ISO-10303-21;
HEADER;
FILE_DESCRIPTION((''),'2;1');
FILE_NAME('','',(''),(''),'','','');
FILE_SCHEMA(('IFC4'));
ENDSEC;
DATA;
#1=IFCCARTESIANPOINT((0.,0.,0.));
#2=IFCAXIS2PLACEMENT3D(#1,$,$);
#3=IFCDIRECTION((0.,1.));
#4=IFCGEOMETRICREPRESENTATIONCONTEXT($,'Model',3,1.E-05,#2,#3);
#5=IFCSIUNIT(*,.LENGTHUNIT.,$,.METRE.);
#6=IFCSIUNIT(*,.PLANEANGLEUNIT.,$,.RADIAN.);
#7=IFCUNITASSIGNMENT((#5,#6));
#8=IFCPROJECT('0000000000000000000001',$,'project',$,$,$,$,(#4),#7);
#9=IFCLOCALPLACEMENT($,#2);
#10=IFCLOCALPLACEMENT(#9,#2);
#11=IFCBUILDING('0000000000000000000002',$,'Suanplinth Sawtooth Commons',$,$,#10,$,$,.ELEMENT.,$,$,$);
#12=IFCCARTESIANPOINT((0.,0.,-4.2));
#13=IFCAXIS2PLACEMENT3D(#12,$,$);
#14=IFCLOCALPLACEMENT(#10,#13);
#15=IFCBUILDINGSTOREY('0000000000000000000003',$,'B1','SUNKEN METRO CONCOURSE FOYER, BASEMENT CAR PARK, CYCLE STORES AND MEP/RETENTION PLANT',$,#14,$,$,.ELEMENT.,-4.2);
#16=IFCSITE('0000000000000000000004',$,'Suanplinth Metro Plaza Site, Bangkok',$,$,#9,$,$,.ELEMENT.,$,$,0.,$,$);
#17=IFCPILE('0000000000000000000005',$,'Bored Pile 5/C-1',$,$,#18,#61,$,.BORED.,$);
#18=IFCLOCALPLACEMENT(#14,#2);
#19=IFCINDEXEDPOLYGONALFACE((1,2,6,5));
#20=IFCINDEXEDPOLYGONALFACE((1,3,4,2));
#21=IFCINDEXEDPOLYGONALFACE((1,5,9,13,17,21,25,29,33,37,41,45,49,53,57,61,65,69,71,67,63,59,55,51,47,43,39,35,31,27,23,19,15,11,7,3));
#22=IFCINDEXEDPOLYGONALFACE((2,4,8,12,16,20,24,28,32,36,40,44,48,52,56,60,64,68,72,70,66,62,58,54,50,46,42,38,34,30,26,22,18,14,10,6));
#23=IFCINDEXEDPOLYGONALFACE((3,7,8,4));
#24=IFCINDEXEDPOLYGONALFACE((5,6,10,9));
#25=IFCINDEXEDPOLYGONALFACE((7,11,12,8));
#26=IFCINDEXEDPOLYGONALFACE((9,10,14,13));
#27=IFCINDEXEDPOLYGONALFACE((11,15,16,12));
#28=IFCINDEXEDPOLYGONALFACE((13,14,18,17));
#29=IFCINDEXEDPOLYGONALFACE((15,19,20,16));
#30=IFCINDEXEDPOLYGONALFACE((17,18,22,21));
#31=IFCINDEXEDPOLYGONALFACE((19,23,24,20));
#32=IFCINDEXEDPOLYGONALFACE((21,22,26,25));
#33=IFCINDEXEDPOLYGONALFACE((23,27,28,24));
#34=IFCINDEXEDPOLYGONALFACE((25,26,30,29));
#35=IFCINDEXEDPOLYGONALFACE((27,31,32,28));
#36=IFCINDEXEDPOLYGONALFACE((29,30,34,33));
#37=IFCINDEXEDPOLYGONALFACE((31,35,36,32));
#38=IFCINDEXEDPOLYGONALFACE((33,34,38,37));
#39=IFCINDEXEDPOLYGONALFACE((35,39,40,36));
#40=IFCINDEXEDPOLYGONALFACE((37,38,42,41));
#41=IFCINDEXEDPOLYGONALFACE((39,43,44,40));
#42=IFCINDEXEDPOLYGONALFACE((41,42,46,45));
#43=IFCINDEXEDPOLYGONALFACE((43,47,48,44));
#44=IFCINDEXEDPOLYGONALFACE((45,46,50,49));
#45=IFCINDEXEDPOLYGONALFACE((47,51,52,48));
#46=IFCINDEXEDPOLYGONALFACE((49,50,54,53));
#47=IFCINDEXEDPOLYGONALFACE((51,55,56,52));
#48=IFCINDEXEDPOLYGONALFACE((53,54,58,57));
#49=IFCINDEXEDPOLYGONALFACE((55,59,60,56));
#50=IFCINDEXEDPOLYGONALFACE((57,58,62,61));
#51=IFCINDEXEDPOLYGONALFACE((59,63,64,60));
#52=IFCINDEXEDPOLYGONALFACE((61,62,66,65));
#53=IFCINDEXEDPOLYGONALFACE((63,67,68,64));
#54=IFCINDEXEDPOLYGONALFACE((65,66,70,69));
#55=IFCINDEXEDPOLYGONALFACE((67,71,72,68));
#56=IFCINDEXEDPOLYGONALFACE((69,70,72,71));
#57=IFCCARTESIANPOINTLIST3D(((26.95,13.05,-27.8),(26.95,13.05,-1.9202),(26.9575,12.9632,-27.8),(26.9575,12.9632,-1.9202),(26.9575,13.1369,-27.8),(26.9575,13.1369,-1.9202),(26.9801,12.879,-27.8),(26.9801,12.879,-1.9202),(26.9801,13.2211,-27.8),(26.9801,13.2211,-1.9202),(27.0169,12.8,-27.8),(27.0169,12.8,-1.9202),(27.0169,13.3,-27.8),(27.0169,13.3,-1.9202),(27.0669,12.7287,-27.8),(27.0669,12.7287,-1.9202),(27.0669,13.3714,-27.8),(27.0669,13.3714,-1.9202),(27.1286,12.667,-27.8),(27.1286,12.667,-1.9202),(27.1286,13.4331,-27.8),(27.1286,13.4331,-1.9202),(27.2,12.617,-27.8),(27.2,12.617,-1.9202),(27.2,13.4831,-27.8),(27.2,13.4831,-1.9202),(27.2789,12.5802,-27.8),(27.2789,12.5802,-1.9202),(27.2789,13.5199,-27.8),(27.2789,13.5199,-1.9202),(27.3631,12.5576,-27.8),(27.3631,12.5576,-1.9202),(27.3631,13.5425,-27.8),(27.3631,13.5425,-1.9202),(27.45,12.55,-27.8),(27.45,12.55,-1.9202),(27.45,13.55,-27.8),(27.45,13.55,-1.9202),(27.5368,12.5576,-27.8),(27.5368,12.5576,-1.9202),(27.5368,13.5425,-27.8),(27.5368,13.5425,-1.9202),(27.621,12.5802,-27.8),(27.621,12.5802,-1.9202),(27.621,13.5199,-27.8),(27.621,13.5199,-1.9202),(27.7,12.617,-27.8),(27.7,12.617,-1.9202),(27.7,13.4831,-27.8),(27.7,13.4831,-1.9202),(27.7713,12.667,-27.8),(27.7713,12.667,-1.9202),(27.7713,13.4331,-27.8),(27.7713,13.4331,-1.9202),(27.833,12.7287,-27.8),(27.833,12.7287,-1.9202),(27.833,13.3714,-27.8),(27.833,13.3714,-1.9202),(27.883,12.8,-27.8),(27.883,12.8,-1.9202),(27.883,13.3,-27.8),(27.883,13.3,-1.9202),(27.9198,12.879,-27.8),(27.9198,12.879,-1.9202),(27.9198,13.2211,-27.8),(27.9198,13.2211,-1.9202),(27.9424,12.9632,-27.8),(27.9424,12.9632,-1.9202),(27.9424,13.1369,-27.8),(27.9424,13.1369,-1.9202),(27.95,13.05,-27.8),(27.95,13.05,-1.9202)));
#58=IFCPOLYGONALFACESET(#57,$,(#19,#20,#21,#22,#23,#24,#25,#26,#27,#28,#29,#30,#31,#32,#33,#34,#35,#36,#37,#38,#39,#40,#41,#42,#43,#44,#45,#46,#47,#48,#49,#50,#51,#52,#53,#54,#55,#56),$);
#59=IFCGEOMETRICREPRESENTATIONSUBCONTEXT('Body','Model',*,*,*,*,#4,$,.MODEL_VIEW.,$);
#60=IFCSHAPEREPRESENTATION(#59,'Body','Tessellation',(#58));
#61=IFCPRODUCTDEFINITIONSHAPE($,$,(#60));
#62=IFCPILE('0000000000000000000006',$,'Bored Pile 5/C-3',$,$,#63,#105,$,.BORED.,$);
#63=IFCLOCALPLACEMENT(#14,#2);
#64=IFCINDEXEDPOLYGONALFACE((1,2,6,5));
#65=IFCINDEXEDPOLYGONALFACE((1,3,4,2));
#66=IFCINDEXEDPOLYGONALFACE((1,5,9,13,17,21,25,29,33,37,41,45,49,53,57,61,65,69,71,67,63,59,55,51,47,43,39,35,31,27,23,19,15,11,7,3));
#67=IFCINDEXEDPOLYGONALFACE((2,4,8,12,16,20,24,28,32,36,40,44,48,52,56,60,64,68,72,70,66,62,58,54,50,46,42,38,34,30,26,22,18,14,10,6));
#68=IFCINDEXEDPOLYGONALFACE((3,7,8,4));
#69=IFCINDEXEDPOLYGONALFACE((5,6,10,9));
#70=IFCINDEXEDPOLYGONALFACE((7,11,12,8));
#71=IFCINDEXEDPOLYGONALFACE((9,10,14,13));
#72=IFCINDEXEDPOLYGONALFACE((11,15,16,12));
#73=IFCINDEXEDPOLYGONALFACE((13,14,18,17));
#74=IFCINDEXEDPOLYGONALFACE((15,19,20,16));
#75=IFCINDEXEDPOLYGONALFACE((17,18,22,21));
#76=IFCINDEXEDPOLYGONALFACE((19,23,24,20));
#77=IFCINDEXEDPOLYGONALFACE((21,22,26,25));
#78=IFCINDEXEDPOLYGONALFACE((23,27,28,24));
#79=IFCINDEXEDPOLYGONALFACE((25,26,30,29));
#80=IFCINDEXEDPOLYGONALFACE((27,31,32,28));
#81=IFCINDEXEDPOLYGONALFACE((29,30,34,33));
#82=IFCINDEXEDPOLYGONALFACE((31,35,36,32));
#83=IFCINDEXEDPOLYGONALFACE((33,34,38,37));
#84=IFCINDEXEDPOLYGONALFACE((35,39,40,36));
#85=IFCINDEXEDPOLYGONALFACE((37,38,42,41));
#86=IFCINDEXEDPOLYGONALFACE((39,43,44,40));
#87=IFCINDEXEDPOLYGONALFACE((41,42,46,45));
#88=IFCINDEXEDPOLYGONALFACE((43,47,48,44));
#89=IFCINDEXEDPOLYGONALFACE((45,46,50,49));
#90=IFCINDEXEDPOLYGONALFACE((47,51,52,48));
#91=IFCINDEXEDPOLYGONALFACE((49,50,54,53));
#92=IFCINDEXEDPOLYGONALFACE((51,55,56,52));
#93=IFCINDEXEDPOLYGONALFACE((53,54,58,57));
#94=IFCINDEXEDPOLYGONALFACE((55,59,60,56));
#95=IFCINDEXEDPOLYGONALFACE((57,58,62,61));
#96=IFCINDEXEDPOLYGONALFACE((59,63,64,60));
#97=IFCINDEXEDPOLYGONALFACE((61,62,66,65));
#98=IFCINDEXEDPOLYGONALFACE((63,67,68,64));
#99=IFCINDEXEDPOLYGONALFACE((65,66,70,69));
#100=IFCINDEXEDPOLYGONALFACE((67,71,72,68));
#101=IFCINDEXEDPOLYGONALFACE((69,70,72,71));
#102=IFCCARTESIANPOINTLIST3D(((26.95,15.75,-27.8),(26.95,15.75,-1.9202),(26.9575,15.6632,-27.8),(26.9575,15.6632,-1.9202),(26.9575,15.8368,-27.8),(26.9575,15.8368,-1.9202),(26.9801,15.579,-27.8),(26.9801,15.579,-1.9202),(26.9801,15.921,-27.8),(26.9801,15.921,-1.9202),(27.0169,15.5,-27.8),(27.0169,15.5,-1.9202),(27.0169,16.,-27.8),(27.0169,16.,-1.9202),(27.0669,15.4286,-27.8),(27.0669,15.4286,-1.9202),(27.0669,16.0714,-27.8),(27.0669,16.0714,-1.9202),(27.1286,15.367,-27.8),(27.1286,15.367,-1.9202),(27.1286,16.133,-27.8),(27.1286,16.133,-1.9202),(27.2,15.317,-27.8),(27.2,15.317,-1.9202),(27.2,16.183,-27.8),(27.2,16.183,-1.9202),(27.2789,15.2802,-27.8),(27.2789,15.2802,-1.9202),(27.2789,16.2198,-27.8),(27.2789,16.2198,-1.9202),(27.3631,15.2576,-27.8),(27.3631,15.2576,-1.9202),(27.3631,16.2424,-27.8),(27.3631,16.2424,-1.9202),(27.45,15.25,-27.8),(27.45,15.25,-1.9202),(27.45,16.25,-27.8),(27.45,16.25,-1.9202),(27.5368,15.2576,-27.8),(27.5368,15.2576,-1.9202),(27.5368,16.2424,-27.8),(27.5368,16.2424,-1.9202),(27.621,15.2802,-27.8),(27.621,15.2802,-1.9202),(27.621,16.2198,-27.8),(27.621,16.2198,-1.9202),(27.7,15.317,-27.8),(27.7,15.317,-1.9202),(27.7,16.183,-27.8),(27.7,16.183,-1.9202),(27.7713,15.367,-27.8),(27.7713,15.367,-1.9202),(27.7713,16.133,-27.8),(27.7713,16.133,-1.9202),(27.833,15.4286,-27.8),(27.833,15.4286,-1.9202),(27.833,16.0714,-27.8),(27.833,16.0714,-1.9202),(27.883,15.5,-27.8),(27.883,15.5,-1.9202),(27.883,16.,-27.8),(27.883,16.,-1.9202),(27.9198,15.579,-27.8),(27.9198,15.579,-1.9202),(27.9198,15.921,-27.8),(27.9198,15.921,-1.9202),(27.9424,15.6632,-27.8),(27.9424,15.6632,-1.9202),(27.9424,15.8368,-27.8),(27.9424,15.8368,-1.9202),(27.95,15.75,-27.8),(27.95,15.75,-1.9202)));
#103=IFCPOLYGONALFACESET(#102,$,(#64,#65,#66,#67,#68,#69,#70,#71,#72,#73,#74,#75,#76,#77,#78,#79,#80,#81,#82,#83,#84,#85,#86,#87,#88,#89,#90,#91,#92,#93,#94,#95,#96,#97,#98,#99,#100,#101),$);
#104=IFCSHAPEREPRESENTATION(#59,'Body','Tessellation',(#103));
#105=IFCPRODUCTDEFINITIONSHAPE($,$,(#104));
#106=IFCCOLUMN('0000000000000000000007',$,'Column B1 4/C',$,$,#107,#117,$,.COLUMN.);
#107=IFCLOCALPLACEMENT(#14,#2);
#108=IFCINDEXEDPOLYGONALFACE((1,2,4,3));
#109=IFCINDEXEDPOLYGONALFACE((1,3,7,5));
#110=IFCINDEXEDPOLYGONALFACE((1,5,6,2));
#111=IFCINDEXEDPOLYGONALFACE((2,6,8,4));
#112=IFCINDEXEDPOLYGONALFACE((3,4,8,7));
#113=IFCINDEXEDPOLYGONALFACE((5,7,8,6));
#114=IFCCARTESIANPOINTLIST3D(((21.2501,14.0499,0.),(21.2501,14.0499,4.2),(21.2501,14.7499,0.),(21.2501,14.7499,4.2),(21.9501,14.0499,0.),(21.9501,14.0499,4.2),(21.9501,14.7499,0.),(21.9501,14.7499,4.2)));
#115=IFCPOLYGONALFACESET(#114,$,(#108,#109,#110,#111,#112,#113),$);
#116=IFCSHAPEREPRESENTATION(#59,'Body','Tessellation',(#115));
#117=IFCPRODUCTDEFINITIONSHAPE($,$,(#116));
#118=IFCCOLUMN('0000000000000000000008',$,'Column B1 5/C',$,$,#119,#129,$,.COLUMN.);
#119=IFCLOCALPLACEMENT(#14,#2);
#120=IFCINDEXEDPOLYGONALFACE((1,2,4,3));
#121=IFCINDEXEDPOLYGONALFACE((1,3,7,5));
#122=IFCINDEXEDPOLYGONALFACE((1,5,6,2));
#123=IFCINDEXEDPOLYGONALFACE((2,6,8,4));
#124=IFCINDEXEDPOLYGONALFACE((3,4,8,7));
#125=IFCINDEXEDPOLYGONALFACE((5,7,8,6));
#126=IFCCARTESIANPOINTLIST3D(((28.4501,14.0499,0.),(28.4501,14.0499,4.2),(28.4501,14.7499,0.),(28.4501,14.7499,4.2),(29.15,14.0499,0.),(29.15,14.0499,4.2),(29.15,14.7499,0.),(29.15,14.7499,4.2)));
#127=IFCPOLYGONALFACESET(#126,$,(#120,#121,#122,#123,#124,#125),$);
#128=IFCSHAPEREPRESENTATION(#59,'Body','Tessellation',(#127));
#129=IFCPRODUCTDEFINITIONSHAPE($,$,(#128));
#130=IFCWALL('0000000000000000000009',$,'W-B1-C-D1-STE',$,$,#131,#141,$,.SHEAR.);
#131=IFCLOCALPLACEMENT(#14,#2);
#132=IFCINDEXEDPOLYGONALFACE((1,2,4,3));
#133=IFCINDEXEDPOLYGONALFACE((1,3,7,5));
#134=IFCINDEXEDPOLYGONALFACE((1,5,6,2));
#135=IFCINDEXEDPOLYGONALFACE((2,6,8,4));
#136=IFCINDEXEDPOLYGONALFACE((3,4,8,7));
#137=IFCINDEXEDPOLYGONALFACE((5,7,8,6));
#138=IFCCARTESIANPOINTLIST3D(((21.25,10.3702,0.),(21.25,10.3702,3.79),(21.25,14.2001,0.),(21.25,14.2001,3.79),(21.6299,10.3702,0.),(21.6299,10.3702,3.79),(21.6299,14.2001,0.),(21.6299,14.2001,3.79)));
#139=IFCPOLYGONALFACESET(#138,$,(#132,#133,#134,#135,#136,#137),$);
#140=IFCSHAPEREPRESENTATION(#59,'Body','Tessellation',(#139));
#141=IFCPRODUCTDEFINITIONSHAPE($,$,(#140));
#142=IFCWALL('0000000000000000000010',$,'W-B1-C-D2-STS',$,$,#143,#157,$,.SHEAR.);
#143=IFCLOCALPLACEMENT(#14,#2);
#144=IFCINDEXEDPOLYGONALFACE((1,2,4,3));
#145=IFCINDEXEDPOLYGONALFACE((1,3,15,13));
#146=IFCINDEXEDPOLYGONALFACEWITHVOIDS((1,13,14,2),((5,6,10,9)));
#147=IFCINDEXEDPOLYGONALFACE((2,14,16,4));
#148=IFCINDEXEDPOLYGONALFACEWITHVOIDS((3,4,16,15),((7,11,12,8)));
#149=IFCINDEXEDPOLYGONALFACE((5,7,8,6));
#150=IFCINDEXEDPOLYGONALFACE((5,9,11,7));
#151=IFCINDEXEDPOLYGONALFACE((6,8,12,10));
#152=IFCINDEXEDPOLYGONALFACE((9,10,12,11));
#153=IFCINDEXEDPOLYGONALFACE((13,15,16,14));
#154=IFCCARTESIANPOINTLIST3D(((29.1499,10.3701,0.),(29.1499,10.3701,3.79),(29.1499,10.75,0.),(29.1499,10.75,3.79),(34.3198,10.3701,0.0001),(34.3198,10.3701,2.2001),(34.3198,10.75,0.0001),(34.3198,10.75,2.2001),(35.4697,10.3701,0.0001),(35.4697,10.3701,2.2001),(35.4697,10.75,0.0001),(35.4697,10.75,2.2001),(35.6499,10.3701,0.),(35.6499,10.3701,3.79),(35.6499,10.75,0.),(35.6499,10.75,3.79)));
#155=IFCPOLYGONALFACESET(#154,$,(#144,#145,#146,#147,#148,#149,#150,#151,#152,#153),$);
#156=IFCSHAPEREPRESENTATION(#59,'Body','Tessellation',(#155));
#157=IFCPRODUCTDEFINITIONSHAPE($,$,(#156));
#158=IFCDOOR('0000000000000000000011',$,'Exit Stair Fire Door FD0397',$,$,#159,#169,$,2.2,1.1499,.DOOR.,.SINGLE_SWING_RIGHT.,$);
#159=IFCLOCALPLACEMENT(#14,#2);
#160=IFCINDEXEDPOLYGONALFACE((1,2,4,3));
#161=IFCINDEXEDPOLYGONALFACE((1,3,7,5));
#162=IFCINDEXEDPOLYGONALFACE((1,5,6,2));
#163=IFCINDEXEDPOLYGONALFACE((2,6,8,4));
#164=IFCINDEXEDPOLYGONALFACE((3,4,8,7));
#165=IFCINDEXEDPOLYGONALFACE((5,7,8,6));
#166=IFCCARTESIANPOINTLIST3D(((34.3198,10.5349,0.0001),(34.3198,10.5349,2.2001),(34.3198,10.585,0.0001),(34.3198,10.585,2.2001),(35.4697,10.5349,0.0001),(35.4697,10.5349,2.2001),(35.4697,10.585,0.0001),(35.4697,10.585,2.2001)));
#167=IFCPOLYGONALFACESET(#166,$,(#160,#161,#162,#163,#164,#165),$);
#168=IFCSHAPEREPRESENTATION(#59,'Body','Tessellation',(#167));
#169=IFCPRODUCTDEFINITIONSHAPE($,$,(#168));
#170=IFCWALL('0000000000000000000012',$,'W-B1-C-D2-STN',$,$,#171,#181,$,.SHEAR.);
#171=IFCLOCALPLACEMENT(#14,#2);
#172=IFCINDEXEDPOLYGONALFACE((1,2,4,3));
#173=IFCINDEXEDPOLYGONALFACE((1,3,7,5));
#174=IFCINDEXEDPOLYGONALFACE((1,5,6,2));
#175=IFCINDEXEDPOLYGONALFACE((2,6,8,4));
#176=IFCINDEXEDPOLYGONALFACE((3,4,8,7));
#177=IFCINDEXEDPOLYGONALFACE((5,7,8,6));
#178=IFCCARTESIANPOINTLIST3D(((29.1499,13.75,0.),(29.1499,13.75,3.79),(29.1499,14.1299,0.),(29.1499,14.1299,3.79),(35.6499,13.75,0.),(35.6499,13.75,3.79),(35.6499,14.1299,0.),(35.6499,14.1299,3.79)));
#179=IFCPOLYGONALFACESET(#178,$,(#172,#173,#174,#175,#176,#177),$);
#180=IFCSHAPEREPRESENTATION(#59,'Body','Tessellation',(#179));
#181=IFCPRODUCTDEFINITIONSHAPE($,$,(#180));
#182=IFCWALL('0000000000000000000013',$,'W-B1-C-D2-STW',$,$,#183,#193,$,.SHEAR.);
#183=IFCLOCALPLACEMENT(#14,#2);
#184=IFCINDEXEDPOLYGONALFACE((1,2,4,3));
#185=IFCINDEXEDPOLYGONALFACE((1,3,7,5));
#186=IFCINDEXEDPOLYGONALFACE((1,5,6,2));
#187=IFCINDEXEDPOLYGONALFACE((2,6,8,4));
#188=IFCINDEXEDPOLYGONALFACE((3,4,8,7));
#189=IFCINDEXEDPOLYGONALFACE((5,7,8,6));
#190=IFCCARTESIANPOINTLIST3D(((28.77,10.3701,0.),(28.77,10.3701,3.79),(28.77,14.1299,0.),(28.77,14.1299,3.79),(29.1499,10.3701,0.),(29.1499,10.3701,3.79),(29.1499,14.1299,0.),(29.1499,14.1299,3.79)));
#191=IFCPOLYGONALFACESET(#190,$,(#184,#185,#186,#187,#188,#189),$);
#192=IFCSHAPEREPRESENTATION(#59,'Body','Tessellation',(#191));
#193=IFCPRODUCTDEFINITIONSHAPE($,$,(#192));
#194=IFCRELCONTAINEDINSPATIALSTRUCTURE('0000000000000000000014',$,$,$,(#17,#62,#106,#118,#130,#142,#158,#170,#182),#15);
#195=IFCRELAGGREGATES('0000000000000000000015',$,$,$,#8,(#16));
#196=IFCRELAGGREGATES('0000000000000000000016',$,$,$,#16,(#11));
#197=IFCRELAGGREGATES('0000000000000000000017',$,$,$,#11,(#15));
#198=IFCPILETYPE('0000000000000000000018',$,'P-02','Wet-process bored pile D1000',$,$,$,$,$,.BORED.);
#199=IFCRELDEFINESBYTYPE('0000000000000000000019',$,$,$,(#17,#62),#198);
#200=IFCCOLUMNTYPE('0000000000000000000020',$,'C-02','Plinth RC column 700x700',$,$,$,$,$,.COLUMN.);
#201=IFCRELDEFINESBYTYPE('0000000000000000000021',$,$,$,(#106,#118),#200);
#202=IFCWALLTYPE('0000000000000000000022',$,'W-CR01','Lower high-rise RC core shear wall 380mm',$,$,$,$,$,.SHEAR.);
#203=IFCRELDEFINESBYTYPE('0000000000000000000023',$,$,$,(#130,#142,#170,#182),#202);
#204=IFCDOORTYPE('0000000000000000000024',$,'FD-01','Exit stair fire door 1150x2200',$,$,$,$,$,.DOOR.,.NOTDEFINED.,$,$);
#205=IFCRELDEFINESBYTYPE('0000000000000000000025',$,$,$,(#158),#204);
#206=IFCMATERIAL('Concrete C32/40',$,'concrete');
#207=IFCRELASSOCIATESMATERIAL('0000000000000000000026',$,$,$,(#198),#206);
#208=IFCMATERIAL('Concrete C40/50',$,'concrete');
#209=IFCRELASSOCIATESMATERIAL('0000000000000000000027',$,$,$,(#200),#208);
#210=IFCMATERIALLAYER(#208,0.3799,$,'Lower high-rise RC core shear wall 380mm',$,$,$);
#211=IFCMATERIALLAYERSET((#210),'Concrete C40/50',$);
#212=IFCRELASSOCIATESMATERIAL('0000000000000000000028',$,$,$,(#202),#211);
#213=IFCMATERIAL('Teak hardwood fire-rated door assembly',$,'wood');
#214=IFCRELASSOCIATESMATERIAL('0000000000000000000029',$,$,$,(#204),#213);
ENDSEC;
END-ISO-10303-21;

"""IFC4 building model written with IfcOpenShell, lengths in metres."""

from ifc_helpers import new_model, si_unit, direction, frame, frame_2d, origin, origin_2d, place, context, subcontext, project, spatial, rectangle, circle, extrude, material, layer, layer_set, material_profile, profile_set, type_object, element, fill, save


model = new_model("IFC4")

# Units and contexts
model_context = context("Model", 3, precision=1e-05, world=origin(), true_north=direction((0.0, 1.0)))
body_context = subcontext(model_context, "Body", "Model", "MODEL_VIEW")
ifc_project = project(units=[si_unit("LENGTHUNIT", "METRE"), si_unit("PLANEANGLEUNIT", "RADIAN")], contexts=[model_context])

# Site, building, storey
site_placement = place(None, origin())
site = spatial("IfcSite", under=ifc_project, at=site_placement, Name="Suanplinth Metro Plaza Site, Bangkok", CompositionType="ELEMENT", RefElevation=0.0)
building_placement = place(site_placement, origin())
building = spatial("IfcBuilding", under=site, at=building_placement, Name="Suanplinth Sawtooth Commons", CompositionType="ELEMENT")
storey_placement = place(building_placement, frame((0.0, 0.0, -4.2)))
storey = spatial("IfcBuildingStorey", under=building, at=storey_placement, Name="B1", Description="SUNKEN METRO CONCOURSE FOYER, BASEMENT CAR PARK, CYCLE STORES AND MEP/RETENTION PLANT", CompositionType="ELEMENT", Elevation=-4.2)

# Piles
ifc_material_1 = material(Name="Concrete C32/40", Category="concrete")
ifc_material_profile_1 = material_profile(ifc_material_1, circle(Radius=0.5, at=origin_2d()), Name="PILE D1000")
ifc_profile_set_1 = profile_set([ifc_material_profile_1], Name="Concrete C32/40")
pile_type = type_object("IfcPileType", Name="P-02", Description="Wet-process bored pile D1000", PredefinedType="BORED", material=ifc_profile_set_1)
for number, where, z_axis, x_axis, name in (
    (1, (27.45, 13.05, -1.9202), (0.0, 0.0, -1.0), (1.0, 0.0, 0.0), "Bored Pile 5/C-1"),
    (2, (27.45, 15.75, -1.9202), (0.0, 0.0, -1.0), (1.0, 0.0, 0.0), "Bored Pile 5/C-3"),
):
    element("IfcPile", number, at=place(storey_placement, frame(where, z_axis=z_axis, x_axis=x_axis)), inside=storey, type_object=pile_type, Name=name, PredefinedType="BORED", context=body_context, shape_type="SweptSolid", body=[
        extrude(circle(Radius=0.5, at=origin_2d()), origin(), (0.0, 0.0, 1.0), 25.8799),
    ])

# Columns
ifc_material_2 = material(Name="Concrete C40/50", Category="concrete")
ifc_material_profile_2 = material_profile(ifc_material_2, rectangle(XDim=0.7, YDim=0.7, at=origin_2d()), Name="RC-COL 700x700")
ifc_profile_set_2 = profile_set([ifc_material_profile_2], Name="Concrete C40/50")
column_type = type_object("IfcColumnType", Name="C-02", Description="Plinth RC column 700x700", PredefinedType="COLUMN", material=ifc_profile_set_2)
for number, where, z_axis, x_axis, name in (
    (3, (21.6001, 14.3999, 0.0), (0.0, 0.0, 1.0), (1.0, 0.0, 0.0), "Column B1 4/C"),
    (4, (28.8, 14.3999, 0.0), (0.0, 0.0, 1.0), (1.0, 0.0, 0.0), "Column B1 5/C"),
):
    element("IfcColumn", number, at=place(storey_placement, frame(where, z_axis=z_axis, x_axis=x_axis)), inside=storey, type_object=column_type, Name=name, PredefinedType="COLUMN", context=body_context, shape_type="SweptSolid", body=[
        extrude(rectangle(XDim=0.7, YDim=0.7, at=origin_2d()), origin(), (0.0, 0.0, 1.0), 4.2),
    ])

# Wall
ifc_layer_1 = layer(ifc_material_2, 0.3799, Name="Lower high-rise RC core shear wall 380mm")
ifc_layer_set_1 = layer_set([ifc_layer_1], Name="Concrete C40/50")
wall_type_1 = type_object("IfcWallType", Name="W-CR01", Description="Lower high-rise RC core shear wall 380mm", PredefinedType="SHEAR", material=ifc_layer_set_1)
wall_1_placement = place(storey_placement, frame((21.4399, 10.3701, 0.0), z_axis=(0.0, 0.0, 1.0), x_axis=(0.0, 1.0, 0.0)))
element("IfcWall", 5, at=wall_1_placement, inside=storey, type_object=wall_type_1, Name="W-B1-C-D1-STE", PredefinedType="SHEAR", context=body_context, shape_type="SweptSolid", body=[
    extrude(rectangle(XDim=3.8298, YDim=0.3799, at=frame_2d((1.915, 0.0))), origin(), (0.0, 0.0, 1.0), 3.79),
])

# Wall, opening, door
wall_2_placement = place(storey_placement, frame((29.1499, 10.5601, 0.0), z_axis=(0.0, 0.0, 1.0), x_axis=(1.0, 0.0, 0.0)))
wall_2 = element("IfcWall", 6, at=wall_2_placement, inside=storey, type_object=wall_type_1, Name="W-B1-C-D2-STS", PredefinedType="SHEAR", context=body_context, shape_type="SweptSolid", body=[
    extrude(rectangle(XDim=6.5, YDim=0.3799, at=frame_2d((3.25, 0.0))), origin(), (0.0, 0.0, 1.0), 3.79),
])
opening_1_placement = place(wall_2_placement, frame((5.1699, 0.0, 0.0)))
opening_1 = element("IfcOpeningElement", 7, at=opening_1_placement, cuts=wall_2, PredefinedType="OPENING", context=body_context, shape_type="SweptSolid", body=[
    extrude(rectangle(XDim=1.1499, YDim=2.2, at=frame_2d((0.575, 1.1001))), frame((0.0, 0.2048, 0.0), z_axis=(0.0, -1.0, 0.0), x_axis=(1.0, 0.0, 0.0)), (0.0, 0.0, 1.0), 0.4097),
])
ifc_material_3 = material(Name="Teak hardwood fire-rated door assembly", Category="wood")
door_type_1 = type_object("IfcDoorType", Name="FD-01", Description="Exit stair fire door 1150x2200", OperationType="NOTDEFINED", PredefinedType="DOOR", material=ifc_material_3)
door_1_placement = place(opening_1_placement, origin())
door_1 = element("IfcDoor", 8, at=door_1_placement, inside=storey, type_object=door_type_1, Name="Exit Stair Fire Door FD0397", OperationType="SINGLE_SWING_RIGHT", OverallHeight=2.2, OverallWidth=1.1499, PredefinedType="DOOR", context=body_context, shape_type="SweptSolid", body=[
    extrude(rectangle(XDim=1.1499, YDim=2.2, at=frame_2d((0.575, 1.1001))), frame((0.0, 0.0249, 0.0), z_axis=(0.0, -1.0, 0.0), x_axis=(1.0, 0.0, 0.0)), (0.0, 0.0, 1.0), 0.05),
])
fill(opening_1, door_1)

# Walls
wall_3_placement = place(storey_placement, frame((29.1499, 13.9399, 0.0), z_axis=(0.0, 0.0, 1.0), x_axis=(1.0, 0.0, 0.0)))
element("IfcWall", 9, at=wall_3_placement, inside=storey, type_object=wall_type_1, Name="W-B1-C-D2-STN", PredefinedType="SHEAR", context=body_context, shape_type="SweptSolid", body=[
    extrude(rectangle(XDim=6.5, YDim=0.3799, at=frame_2d((3.25, 0.0))), origin(), (0.0, 0.0, 1.0), 3.79),
])
wall_4_placement = place(storey_placement, frame((28.96, 10.3701, 0.0), z_axis=(0.0, 0.0, 1.0), x_axis=(0.0, 1.0, 0.0)))
element("IfcWall", 10, at=wall_4_placement, inside=storey, type_object=wall_type_1, Name="W-B1-C-D2-STW", PredefinedType="SHEAR", context=body_context, shape_type="SweptSolid", body=[
    extrude(rectangle(XDim=3.7598, YDim=0.3799, at=frame_2d((1.8799, 0.0))), origin(), (0.0, 0.0, 1.0), 3.79),
])

save(model, "model.ifc")
